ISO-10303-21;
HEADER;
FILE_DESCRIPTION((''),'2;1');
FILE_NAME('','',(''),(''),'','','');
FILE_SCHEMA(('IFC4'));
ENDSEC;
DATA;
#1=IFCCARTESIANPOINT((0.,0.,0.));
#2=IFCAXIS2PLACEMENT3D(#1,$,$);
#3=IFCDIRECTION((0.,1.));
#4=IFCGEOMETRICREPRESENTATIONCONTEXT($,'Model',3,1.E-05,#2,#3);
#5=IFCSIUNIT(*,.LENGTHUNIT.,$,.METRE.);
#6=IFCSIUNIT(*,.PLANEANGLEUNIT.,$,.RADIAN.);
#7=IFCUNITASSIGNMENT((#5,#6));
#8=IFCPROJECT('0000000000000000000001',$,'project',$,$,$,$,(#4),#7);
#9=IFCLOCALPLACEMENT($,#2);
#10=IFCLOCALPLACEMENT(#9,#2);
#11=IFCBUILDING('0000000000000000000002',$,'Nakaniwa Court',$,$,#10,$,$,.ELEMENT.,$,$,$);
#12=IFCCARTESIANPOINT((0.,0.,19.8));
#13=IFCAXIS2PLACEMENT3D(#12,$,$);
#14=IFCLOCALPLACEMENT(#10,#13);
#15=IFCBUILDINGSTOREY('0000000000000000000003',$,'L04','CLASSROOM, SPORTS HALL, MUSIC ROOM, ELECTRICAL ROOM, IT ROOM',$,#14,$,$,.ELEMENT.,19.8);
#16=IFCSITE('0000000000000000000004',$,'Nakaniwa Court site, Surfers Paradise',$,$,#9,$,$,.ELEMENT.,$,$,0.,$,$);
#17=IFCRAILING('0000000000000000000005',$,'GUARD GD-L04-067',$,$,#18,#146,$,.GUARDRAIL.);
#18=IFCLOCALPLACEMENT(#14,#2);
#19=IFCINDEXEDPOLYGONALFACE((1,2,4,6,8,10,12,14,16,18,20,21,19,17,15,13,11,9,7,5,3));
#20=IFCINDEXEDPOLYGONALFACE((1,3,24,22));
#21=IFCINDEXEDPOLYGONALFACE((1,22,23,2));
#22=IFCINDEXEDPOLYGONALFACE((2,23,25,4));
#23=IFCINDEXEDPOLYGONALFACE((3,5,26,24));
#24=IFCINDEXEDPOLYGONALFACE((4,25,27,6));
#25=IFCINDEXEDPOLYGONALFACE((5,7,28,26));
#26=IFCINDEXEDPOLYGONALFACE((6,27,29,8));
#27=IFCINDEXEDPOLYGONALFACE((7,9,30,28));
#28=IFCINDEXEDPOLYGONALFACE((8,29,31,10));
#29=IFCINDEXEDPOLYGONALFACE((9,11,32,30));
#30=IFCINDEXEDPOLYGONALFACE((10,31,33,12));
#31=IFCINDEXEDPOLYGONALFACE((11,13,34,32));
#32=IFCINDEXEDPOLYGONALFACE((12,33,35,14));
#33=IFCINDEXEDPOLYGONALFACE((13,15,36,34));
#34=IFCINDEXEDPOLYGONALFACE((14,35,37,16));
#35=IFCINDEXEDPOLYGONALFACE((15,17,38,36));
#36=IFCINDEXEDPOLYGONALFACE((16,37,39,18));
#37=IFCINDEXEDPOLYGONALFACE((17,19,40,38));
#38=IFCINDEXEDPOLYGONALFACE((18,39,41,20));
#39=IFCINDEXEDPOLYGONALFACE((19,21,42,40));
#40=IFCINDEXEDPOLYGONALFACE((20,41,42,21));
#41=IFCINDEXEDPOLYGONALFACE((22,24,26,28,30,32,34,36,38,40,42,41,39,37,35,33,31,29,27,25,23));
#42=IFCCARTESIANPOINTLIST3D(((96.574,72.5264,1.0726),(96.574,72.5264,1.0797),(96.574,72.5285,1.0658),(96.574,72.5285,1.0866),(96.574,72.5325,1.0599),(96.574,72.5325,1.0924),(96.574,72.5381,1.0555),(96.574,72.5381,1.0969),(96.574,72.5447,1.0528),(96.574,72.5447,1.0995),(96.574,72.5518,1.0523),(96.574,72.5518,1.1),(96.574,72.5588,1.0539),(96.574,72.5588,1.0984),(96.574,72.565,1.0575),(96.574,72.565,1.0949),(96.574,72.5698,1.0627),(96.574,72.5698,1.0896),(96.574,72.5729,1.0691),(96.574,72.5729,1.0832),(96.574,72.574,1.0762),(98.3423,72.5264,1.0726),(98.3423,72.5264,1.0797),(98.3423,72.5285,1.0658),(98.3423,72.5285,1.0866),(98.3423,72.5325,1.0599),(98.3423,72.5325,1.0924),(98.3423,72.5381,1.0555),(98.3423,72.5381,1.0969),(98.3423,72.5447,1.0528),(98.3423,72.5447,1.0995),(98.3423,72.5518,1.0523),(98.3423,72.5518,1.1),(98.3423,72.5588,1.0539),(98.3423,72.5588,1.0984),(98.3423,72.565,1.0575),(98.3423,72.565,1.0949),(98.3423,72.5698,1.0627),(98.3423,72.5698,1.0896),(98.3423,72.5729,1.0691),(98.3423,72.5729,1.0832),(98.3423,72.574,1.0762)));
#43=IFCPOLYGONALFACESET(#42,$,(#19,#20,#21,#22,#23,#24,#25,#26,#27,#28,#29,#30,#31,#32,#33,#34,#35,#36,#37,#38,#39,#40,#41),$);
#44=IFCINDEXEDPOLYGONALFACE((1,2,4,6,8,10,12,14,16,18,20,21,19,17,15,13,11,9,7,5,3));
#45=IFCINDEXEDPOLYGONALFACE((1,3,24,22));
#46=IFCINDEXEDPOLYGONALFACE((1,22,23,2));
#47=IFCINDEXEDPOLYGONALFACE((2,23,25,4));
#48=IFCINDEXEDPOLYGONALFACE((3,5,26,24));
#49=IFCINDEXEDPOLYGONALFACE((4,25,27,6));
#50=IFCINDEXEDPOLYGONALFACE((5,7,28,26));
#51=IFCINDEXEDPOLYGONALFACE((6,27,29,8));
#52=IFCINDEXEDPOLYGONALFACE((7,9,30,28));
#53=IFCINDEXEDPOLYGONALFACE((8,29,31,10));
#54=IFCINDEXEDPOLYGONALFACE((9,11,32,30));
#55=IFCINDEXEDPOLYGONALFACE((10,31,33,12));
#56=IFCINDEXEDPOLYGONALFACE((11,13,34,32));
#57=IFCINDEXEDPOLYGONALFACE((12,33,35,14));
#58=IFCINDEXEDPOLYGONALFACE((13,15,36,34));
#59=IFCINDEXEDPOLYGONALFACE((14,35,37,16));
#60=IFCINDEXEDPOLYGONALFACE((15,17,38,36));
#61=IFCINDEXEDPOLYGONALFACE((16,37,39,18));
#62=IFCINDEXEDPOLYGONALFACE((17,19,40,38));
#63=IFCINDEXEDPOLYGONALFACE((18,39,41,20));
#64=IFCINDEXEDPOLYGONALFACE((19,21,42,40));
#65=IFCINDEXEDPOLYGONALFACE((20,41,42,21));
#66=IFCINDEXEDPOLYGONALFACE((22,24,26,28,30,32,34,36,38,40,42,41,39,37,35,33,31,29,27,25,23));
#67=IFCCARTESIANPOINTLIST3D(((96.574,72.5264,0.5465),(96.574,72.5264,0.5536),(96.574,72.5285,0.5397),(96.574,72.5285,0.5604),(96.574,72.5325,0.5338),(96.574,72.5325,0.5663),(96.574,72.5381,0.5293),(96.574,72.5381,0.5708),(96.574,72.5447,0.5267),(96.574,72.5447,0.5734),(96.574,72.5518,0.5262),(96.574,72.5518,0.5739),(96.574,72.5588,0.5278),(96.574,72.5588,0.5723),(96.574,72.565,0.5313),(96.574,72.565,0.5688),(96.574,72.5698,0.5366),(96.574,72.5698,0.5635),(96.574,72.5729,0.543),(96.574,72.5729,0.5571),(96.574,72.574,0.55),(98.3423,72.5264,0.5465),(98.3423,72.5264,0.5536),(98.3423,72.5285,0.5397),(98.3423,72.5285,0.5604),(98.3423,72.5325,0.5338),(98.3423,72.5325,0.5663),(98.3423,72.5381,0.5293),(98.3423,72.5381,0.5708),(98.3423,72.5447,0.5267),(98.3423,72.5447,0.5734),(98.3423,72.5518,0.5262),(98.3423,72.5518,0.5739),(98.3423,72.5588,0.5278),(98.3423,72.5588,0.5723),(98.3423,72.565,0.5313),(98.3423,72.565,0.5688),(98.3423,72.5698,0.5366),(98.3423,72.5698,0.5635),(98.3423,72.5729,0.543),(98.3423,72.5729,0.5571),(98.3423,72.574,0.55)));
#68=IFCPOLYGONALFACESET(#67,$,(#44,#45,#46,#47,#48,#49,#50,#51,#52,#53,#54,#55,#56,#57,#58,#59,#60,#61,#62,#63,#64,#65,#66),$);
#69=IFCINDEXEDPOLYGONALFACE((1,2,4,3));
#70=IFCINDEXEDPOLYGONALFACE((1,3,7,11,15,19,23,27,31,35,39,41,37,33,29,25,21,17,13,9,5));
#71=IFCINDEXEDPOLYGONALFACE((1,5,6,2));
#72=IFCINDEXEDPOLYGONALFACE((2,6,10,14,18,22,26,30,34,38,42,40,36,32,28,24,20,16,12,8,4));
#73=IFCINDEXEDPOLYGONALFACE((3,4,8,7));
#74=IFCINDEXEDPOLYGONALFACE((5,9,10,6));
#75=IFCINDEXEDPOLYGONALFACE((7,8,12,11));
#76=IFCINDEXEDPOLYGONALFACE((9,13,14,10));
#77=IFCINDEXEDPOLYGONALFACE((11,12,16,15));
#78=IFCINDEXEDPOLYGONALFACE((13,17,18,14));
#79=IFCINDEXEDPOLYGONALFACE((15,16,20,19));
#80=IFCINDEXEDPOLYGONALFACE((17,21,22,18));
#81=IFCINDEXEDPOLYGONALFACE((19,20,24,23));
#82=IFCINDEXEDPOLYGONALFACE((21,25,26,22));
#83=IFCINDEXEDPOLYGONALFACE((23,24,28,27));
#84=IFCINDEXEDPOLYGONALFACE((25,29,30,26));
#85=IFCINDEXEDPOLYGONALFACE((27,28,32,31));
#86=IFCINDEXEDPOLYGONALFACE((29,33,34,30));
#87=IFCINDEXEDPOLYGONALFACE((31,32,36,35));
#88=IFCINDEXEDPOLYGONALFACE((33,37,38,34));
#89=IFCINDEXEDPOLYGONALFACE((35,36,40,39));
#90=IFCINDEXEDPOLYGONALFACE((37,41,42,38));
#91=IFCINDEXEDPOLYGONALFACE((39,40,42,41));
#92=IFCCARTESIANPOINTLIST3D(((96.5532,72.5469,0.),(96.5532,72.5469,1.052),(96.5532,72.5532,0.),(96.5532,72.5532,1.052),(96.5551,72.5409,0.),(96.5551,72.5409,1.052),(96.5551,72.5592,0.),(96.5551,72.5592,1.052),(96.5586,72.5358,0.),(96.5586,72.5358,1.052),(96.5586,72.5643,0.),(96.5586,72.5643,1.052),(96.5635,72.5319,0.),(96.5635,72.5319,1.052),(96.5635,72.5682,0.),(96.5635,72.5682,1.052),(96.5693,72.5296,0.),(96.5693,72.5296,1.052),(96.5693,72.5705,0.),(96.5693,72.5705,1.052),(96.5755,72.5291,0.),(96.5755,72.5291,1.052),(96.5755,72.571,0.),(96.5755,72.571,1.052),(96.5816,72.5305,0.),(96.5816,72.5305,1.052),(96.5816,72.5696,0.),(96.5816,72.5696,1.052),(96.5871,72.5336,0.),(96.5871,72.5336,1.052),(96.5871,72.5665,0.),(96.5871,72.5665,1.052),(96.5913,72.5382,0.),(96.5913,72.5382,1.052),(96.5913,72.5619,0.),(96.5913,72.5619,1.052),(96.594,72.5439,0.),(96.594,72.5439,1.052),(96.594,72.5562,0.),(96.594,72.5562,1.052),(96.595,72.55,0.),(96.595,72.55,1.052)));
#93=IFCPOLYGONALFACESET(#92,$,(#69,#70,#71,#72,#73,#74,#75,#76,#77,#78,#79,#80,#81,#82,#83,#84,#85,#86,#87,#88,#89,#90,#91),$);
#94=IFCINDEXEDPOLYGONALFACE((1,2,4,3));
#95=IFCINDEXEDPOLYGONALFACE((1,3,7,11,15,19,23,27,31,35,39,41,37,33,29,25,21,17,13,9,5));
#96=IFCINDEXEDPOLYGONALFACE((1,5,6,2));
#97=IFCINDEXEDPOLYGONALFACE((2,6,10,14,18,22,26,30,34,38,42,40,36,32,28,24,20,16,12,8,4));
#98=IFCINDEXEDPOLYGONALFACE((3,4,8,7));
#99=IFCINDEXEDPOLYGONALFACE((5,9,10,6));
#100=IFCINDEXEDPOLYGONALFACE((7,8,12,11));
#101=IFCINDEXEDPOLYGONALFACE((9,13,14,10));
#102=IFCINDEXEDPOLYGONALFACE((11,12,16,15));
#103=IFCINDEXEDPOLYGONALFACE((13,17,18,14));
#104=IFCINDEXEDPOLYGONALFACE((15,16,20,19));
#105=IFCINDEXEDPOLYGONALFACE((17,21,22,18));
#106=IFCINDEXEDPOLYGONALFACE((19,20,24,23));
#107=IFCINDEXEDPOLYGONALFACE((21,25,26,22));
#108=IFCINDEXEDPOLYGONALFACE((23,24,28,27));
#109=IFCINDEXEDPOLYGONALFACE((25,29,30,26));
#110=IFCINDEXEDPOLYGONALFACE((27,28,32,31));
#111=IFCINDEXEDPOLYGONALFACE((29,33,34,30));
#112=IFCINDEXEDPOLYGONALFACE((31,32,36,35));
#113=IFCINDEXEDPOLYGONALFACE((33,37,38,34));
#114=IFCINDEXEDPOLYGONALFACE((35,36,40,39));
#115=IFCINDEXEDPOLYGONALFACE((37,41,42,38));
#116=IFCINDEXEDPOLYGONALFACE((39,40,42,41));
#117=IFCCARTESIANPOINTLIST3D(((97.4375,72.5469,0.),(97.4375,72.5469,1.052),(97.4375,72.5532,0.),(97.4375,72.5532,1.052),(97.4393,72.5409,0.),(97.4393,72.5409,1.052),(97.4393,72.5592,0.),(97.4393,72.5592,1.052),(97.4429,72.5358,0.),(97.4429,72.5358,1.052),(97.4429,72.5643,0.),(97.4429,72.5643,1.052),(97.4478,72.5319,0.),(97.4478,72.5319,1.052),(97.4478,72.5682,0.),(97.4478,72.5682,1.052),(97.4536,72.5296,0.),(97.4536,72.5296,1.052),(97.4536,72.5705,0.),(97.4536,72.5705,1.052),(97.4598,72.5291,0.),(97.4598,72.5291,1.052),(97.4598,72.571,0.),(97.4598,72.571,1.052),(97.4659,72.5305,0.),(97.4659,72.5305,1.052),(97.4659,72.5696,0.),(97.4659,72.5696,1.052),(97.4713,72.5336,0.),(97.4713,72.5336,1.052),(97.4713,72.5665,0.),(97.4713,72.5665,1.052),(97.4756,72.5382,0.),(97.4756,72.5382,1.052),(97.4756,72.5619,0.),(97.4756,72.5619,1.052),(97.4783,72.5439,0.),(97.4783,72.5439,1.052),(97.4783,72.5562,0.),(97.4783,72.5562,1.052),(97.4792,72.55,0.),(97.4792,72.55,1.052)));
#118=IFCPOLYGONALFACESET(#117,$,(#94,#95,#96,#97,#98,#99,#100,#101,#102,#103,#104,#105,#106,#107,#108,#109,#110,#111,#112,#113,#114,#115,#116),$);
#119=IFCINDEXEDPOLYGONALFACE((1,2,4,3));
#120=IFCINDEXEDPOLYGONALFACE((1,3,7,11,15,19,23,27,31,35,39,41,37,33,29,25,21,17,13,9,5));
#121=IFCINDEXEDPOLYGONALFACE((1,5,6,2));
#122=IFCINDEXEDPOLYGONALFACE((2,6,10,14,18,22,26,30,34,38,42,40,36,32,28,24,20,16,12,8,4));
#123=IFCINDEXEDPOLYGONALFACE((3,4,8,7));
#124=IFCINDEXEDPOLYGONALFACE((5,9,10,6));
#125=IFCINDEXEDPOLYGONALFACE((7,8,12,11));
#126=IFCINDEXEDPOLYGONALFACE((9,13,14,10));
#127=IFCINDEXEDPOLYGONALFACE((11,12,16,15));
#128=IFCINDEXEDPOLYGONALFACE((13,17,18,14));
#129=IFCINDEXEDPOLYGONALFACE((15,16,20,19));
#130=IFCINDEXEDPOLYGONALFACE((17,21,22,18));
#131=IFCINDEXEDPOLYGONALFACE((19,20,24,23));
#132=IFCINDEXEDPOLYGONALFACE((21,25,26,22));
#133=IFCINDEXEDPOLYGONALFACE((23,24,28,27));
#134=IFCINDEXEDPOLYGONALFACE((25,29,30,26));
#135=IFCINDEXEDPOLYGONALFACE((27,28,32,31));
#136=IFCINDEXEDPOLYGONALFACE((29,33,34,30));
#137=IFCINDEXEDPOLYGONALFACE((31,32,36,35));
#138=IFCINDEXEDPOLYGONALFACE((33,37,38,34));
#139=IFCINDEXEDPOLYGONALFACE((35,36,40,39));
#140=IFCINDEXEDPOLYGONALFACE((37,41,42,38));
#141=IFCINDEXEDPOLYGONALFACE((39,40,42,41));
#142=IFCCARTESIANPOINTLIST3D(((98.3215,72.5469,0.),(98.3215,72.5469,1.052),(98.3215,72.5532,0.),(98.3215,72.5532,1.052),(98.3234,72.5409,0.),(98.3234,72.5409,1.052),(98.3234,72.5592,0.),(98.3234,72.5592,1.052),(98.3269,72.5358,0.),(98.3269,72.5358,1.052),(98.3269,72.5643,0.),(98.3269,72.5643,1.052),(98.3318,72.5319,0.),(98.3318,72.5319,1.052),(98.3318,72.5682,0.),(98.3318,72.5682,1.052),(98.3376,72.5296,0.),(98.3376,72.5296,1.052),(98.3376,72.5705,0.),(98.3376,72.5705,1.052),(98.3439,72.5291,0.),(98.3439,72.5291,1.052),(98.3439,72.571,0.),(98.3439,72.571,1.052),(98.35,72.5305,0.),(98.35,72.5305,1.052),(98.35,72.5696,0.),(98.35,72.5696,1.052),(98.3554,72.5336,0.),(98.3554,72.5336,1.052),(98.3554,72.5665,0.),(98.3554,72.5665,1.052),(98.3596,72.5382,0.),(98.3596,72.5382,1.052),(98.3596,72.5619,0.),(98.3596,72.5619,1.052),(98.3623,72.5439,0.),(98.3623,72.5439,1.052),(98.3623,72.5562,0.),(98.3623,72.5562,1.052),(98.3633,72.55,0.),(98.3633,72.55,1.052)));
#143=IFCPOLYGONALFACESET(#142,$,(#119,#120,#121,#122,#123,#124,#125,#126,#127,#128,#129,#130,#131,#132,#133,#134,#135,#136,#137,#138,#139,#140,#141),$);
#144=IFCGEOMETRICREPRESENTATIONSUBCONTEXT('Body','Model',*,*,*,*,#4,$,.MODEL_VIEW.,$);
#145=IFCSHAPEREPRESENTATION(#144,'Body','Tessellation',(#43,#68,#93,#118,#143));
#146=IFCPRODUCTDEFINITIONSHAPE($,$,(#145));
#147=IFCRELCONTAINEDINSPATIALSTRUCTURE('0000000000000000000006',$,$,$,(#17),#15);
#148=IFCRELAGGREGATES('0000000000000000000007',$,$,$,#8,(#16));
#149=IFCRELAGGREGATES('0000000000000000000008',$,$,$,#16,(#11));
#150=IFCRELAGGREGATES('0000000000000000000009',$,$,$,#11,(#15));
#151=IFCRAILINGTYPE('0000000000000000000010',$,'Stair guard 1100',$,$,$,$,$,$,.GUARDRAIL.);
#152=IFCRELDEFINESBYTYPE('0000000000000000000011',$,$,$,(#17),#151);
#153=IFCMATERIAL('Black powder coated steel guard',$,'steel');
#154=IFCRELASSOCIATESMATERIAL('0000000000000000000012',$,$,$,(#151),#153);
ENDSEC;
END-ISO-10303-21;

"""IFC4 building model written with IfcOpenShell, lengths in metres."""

from ifc_helpers import new_model, si_unit, direction, frame, origin, origin_2d, place, context, subcontext, project, spatial, circle, extrude, material, type_object, element, save


model = new_model("IFC4")

# Units and contexts
model_context = context("Model", 3, precision=1e-05, world=origin(), true_north=direction((0.0, 1.0)))
body_context = subcontext(model_context, "Body", "Model", "MODEL_VIEW")
ifc_project = project(units=[si_unit("LENGTHUNIT", "METRE"), si_unit("PLANEANGLEUNIT", "RADIAN")], contexts=[model_context])

# Site, building, storey
site_placement = place(None, origin())
site = spatial("IfcSite", under=ifc_project, at=site_placement, Name="Nakaniwa Court site, Surfers Paradise", CompositionType="ELEMENT", RefElevation=0.0)
building_placement = place(site_placement, origin())
building = spatial("IfcBuilding", under=site, at=building_placement, Name="Nakaniwa Court", CompositionType="ELEMENT")
storey_placement = place(building_placement, frame((0.0, 0.0, 19.8)))
storey = spatial("IfcBuildingStorey", under=building, at=storey_placement, Name="L04", Description="CLASSROOM, SPORTS HALL, MUSIC ROOM, ELECTRICAL ROOM, IT ROOM", CompositionType="ELEMENT", Elevation=19.8)

# Railing
ifc_material_1 = material(Name="Black powder coated steel guard", Category="steel")
railing_type = type_object("IfcRailingType", Name="Stair guard 1100", PredefinedType="GUARDRAIL", material=ifc_material_1)
railing_1_placement = place(storey_placement, frame((96.574, 72.55, 0.0)))
element("IfcRailing", 1, at=railing_1_placement, inside=storey, type_object=railing_type, Name="GUARD GD-L04-067", PredefinedType="GUARDRAIL", context=body_context, shape_type="SweptSolid", body=[
    extrude(circle(Radius=0.0239, at=origin_2d()), frame((0.0, 0.0, 1.0762), z_axis=(1.0, 0.0, 0.0), x_axis=(0.0, 1.0, 0.0)), (0.0, 0.0, 1.0), 1.7683),
    extrude(circle(Radius=0.0239, at=origin_2d()), frame((0.0, 0.0, 0.55), z_axis=(1.0, 0.0, 0.0), x_axis=(0.0, 1.0, 0.0)), (0.0, 0.0, 1.0), 1.7683),
    extrude(circle(Radius=0.021, at=origin_2d()), origin(), (0.0, 0.0, 1.0), 1.052),
    extrude(circle(Radius=0.021, at=origin_2d()), frame((0.8843, 0.0, 0.0)), (0.0, 0.0, 1.0), 1.052),
    extrude(circle(Radius=0.021, at=origin_2d()), frame((1.7683, 0.0, 0.0)), (0.0, 0.0, 1.0), 1.052),
])

save(model, "model.ifc")
